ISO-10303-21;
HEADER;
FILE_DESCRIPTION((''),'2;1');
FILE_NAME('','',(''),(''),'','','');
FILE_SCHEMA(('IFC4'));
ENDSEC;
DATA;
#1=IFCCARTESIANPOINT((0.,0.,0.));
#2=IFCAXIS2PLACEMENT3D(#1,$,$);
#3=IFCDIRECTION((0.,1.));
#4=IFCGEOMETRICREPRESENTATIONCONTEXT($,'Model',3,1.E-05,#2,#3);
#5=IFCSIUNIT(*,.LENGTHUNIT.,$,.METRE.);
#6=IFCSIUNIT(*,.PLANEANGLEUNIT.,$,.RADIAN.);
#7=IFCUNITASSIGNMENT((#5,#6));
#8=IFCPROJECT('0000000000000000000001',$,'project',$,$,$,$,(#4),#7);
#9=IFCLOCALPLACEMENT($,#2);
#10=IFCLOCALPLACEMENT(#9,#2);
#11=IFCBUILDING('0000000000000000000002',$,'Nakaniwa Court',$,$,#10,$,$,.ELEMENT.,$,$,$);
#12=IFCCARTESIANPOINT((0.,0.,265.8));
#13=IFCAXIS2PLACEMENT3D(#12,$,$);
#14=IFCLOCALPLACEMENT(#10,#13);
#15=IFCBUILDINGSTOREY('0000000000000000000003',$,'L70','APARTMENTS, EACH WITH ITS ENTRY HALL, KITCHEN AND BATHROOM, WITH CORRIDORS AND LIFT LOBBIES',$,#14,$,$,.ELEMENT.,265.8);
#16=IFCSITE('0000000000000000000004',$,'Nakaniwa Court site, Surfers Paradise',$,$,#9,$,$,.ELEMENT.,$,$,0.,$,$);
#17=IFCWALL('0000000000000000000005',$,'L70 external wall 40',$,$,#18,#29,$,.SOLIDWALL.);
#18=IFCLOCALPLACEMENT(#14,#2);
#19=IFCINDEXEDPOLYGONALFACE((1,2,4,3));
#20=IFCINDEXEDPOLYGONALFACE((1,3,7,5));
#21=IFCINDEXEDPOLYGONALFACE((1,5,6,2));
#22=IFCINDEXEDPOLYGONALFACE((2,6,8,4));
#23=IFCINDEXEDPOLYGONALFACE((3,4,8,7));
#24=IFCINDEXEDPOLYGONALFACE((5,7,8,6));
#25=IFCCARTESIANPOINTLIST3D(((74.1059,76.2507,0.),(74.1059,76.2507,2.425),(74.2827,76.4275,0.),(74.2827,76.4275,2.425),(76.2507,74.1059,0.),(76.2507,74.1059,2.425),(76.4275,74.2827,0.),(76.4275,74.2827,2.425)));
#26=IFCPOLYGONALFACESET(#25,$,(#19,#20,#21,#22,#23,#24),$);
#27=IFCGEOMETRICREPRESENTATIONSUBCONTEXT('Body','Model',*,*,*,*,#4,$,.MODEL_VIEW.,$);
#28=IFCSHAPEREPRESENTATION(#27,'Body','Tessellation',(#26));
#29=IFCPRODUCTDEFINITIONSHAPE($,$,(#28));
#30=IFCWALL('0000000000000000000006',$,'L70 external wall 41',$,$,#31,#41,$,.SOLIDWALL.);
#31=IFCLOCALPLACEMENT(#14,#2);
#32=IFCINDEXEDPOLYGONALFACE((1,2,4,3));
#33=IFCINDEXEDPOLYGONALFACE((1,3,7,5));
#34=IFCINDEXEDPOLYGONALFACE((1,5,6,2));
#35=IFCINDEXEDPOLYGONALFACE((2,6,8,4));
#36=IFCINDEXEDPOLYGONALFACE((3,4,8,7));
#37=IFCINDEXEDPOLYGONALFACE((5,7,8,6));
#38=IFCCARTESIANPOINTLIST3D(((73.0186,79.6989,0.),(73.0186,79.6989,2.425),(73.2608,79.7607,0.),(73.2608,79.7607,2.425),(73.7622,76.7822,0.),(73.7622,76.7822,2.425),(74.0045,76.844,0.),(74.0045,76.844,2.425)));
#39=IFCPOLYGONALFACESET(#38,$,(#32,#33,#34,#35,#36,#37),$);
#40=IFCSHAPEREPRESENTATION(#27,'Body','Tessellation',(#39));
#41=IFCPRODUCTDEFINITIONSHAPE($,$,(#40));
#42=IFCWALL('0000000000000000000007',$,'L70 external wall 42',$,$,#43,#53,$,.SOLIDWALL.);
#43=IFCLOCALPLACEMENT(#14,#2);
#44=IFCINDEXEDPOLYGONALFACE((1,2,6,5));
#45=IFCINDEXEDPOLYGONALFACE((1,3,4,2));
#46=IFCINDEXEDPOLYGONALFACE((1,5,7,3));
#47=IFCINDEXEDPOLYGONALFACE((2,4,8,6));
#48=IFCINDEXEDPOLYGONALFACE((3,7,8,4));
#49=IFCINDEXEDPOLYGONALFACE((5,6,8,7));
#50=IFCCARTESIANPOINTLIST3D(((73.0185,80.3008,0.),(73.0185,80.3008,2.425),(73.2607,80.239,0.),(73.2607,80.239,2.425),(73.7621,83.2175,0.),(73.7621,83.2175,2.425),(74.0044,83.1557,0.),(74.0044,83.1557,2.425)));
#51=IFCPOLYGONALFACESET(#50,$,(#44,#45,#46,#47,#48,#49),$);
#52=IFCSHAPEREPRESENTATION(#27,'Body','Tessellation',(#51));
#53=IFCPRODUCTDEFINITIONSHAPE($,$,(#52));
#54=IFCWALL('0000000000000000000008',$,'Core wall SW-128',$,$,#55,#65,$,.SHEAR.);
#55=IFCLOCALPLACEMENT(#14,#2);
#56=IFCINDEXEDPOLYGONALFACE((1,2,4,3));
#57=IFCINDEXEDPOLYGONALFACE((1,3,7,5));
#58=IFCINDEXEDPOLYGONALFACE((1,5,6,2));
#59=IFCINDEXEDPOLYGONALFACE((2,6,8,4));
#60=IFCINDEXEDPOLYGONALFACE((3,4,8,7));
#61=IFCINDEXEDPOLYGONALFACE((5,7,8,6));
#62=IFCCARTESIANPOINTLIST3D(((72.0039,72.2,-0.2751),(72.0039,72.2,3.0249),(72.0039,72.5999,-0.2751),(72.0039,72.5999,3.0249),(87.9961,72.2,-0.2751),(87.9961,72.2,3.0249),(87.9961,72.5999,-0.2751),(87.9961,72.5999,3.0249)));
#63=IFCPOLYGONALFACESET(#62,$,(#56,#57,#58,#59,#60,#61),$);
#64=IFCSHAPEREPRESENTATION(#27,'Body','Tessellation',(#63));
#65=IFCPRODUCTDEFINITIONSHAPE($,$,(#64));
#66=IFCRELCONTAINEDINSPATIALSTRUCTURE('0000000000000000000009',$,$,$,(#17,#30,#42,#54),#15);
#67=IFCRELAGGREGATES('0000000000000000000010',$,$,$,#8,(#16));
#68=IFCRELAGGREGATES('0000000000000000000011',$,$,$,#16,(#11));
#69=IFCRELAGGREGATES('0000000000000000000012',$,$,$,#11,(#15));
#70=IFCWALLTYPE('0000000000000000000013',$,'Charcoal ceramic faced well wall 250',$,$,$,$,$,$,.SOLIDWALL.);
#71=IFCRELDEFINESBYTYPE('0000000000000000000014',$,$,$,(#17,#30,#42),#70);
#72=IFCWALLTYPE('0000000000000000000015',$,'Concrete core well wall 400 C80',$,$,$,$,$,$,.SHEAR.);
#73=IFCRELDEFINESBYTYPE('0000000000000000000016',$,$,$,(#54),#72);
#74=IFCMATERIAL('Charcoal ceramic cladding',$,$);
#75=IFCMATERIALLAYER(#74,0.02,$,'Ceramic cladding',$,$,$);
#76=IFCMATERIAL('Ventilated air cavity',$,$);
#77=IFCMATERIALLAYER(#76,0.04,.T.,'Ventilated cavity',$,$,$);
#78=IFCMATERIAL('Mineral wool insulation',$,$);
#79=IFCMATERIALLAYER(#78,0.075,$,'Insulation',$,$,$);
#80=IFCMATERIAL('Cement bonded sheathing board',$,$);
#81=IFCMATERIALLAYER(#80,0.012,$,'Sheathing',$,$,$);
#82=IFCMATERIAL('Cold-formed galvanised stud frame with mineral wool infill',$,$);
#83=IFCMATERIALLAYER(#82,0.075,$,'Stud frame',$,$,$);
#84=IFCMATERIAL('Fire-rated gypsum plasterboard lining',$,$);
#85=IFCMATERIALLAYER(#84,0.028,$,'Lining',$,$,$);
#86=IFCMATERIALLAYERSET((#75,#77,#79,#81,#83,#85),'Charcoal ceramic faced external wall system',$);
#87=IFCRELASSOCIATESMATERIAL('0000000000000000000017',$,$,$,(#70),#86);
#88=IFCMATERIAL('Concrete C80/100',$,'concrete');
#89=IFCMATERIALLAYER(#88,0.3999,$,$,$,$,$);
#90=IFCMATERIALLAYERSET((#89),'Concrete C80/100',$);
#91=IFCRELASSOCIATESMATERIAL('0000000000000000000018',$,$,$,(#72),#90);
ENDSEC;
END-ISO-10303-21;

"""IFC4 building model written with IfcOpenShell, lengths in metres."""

from ifc_helpers import new_model, si_unit, direction, frame, frame_2d, origin, place, context, subcontext, project, spatial, rectangle, extrude, material, layer, layer_set, type_object, element, save


model = new_model("IFC4")

# Units and contexts
model_context = context("Model", 3, precision=1e-05, world=origin(), true_north=direction((0.0, 1.0)))
body_context = subcontext(model_context, "Body", "Model", "MODEL_VIEW")
ifc_project = project(units=[si_unit("LENGTHUNIT", "METRE"), si_unit("PLANEANGLEUNIT", "RADIAN")], contexts=[model_context])

# Site, building, storey
site_placement = place(None, origin())
site = spatial("IfcSite", under=ifc_project, at=site_placement, Name="Nakaniwa Court site, Surfers Paradise", CompositionType="ELEMENT", RefElevation=0.0)
building_placement = place(site_placement, origin())
building = spatial("IfcBuilding", under=site, at=building_placement, Name="Nakaniwa Court", CompositionType="ELEMENT")
storey_placement = place(building_placement, frame((0.0, 0.0, 265.8)))
storey = spatial("IfcBuildingStorey", under=building, at=storey_placement, Name="L70", Description="APARTMENTS, EACH WITH ITS ENTRY HALL, KITCHEN AND BATHROOM, WITH CORRIDORS AND LIFT LOBBIES", CompositionType="ELEMENT", Elevation=265.8)

# Shared definitions
ifc_material_1 = material(Name="Concrete C80/100", Category="concrete")

# Walls
ifc_material_2 = material(Name="Charcoal ceramic cladding")
ifc_layer_1 = layer(ifc_material_2, 0.02, Name="Ceramic cladding")
ifc_material_3 = material(Name="Ventilated air cavity")
ifc_layer_2 = layer(ifc_material_3, 0.04, ventilated=True, Name="Ventilated cavity")
ifc_material_4 = material(Name="Mineral wool insulation")
ifc_layer_3 = layer(ifc_material_4, 0.075, Name="Insulation")
ifc_material_5 = material(Name="Cement bonded sheathing board")
ifc_layer_4 = layer(ifc_material_5, 0.012, Name="Sheathing")
ifc_material_6 = material(Name="Cold-formed galvanised stud frame with mineral wool infill")
ifc_layer_5 = layer(ifc_material_6, 0.075, Name="Stud frame")
ifc_material_7 = material(Name="Fire-rated gypsum plasterboard lining")
ifc_layer_6 = layer(ifc_material_7, 0.028, Name="Lining")
ifc_layer_set_1 = layer_set([ifc_layer_1, ifc_layer_2, ifc_layer_3, ifc_layer_4, ifc_layer_5, ifc_layer_6], Name="Charcoal ceramic faced external wall system")
wall_type_1 = type_object("IfcWallType", Name="Charcoal ceramic faced well wall 250", PredefinedType="SOLIDWALL", material=ifc_layer_set_1)
wall_1_placement = place(storey_placement, frame((76.3391, 74.1943, 0.0), z_axis=(0.0, 0.0, 1.0), x_axis=(-0.707107, 0.707107, 0.0)))
element("IfcWall", 1, at=wall_1_placement, inside=storey, type_object=wall_type_1, Name="L70 external wall 40", PredefinedType="SOLIDWALL", context=body_context, shape_type="SweptSolid", body=[
    extrude(rectangle(XDim=3.0332, YDim=0.25, at=frame_2d((1.5166, 0.0))), origin(), (0.0, 0.0, 1.0), 2.425),
])
for number, where, z_axis, x_axis, name in (
    (2, (73.8833, 76.8132, 0.0), (0.0, 0.0, 1.0), (-0.247056, 0.969001, 0.0), "L70 external wall 41"),
    (3, (73.1396, 80.27, 0.0), (0.0, 0.0, 1.0), (0.247056, 0.969001, 0.0), "L70 external wall 42"),
):
    element("IfcWall", number, at=place(storey_placement, frame(where, z_axis=z_axis, x_axis=x_axis)), inside=storey, type_object=wall_type_1, Name=name, PredefinedType="SOLIDWALL", context=body_context, shape_type="SweptSolid", body=[
        extrude(rectangle(XDim=3.01, YDim=0.25, at=frame_2d((1.5049, 0.0))), origin(), (0.0, 0.0, 1.0), 2.425),
    ])
ifc_layer_7 = layer(ifc_material_1, 0.3999)
ifc_layer_set_2 = layer_set([ifc_layer_7], Name="Concrete C80/100")
wall_type_2 = type_object("IfcWallType", Name="Concrete core well wall 400 C80", PredefinedType="SHEAR", material=ifc_layer_set_2)
wall_2_placement = place(storey_placement, frame((72.0039, 72.3999, -0.2751), z_axis=(0.0, 0.0, 1.0), x_axis=(1.0, 0.0, 0.0)))
element("IfcWall", 4, at=wall_2_placement, inside=storey, type_object=wall_type_2, Name="Core wall SW-128", PredefinedType="SHEAR", context=body_context, shape_type="SweptSolid", body=[
    extrude(rectangle(XDim=15.9922, YDim=0.3999, at=frame_2d((7.9961, 0.0))), origin(), (0.0, 0.0, 1.0), 3.3),
])

save(model, "model.ifc")
